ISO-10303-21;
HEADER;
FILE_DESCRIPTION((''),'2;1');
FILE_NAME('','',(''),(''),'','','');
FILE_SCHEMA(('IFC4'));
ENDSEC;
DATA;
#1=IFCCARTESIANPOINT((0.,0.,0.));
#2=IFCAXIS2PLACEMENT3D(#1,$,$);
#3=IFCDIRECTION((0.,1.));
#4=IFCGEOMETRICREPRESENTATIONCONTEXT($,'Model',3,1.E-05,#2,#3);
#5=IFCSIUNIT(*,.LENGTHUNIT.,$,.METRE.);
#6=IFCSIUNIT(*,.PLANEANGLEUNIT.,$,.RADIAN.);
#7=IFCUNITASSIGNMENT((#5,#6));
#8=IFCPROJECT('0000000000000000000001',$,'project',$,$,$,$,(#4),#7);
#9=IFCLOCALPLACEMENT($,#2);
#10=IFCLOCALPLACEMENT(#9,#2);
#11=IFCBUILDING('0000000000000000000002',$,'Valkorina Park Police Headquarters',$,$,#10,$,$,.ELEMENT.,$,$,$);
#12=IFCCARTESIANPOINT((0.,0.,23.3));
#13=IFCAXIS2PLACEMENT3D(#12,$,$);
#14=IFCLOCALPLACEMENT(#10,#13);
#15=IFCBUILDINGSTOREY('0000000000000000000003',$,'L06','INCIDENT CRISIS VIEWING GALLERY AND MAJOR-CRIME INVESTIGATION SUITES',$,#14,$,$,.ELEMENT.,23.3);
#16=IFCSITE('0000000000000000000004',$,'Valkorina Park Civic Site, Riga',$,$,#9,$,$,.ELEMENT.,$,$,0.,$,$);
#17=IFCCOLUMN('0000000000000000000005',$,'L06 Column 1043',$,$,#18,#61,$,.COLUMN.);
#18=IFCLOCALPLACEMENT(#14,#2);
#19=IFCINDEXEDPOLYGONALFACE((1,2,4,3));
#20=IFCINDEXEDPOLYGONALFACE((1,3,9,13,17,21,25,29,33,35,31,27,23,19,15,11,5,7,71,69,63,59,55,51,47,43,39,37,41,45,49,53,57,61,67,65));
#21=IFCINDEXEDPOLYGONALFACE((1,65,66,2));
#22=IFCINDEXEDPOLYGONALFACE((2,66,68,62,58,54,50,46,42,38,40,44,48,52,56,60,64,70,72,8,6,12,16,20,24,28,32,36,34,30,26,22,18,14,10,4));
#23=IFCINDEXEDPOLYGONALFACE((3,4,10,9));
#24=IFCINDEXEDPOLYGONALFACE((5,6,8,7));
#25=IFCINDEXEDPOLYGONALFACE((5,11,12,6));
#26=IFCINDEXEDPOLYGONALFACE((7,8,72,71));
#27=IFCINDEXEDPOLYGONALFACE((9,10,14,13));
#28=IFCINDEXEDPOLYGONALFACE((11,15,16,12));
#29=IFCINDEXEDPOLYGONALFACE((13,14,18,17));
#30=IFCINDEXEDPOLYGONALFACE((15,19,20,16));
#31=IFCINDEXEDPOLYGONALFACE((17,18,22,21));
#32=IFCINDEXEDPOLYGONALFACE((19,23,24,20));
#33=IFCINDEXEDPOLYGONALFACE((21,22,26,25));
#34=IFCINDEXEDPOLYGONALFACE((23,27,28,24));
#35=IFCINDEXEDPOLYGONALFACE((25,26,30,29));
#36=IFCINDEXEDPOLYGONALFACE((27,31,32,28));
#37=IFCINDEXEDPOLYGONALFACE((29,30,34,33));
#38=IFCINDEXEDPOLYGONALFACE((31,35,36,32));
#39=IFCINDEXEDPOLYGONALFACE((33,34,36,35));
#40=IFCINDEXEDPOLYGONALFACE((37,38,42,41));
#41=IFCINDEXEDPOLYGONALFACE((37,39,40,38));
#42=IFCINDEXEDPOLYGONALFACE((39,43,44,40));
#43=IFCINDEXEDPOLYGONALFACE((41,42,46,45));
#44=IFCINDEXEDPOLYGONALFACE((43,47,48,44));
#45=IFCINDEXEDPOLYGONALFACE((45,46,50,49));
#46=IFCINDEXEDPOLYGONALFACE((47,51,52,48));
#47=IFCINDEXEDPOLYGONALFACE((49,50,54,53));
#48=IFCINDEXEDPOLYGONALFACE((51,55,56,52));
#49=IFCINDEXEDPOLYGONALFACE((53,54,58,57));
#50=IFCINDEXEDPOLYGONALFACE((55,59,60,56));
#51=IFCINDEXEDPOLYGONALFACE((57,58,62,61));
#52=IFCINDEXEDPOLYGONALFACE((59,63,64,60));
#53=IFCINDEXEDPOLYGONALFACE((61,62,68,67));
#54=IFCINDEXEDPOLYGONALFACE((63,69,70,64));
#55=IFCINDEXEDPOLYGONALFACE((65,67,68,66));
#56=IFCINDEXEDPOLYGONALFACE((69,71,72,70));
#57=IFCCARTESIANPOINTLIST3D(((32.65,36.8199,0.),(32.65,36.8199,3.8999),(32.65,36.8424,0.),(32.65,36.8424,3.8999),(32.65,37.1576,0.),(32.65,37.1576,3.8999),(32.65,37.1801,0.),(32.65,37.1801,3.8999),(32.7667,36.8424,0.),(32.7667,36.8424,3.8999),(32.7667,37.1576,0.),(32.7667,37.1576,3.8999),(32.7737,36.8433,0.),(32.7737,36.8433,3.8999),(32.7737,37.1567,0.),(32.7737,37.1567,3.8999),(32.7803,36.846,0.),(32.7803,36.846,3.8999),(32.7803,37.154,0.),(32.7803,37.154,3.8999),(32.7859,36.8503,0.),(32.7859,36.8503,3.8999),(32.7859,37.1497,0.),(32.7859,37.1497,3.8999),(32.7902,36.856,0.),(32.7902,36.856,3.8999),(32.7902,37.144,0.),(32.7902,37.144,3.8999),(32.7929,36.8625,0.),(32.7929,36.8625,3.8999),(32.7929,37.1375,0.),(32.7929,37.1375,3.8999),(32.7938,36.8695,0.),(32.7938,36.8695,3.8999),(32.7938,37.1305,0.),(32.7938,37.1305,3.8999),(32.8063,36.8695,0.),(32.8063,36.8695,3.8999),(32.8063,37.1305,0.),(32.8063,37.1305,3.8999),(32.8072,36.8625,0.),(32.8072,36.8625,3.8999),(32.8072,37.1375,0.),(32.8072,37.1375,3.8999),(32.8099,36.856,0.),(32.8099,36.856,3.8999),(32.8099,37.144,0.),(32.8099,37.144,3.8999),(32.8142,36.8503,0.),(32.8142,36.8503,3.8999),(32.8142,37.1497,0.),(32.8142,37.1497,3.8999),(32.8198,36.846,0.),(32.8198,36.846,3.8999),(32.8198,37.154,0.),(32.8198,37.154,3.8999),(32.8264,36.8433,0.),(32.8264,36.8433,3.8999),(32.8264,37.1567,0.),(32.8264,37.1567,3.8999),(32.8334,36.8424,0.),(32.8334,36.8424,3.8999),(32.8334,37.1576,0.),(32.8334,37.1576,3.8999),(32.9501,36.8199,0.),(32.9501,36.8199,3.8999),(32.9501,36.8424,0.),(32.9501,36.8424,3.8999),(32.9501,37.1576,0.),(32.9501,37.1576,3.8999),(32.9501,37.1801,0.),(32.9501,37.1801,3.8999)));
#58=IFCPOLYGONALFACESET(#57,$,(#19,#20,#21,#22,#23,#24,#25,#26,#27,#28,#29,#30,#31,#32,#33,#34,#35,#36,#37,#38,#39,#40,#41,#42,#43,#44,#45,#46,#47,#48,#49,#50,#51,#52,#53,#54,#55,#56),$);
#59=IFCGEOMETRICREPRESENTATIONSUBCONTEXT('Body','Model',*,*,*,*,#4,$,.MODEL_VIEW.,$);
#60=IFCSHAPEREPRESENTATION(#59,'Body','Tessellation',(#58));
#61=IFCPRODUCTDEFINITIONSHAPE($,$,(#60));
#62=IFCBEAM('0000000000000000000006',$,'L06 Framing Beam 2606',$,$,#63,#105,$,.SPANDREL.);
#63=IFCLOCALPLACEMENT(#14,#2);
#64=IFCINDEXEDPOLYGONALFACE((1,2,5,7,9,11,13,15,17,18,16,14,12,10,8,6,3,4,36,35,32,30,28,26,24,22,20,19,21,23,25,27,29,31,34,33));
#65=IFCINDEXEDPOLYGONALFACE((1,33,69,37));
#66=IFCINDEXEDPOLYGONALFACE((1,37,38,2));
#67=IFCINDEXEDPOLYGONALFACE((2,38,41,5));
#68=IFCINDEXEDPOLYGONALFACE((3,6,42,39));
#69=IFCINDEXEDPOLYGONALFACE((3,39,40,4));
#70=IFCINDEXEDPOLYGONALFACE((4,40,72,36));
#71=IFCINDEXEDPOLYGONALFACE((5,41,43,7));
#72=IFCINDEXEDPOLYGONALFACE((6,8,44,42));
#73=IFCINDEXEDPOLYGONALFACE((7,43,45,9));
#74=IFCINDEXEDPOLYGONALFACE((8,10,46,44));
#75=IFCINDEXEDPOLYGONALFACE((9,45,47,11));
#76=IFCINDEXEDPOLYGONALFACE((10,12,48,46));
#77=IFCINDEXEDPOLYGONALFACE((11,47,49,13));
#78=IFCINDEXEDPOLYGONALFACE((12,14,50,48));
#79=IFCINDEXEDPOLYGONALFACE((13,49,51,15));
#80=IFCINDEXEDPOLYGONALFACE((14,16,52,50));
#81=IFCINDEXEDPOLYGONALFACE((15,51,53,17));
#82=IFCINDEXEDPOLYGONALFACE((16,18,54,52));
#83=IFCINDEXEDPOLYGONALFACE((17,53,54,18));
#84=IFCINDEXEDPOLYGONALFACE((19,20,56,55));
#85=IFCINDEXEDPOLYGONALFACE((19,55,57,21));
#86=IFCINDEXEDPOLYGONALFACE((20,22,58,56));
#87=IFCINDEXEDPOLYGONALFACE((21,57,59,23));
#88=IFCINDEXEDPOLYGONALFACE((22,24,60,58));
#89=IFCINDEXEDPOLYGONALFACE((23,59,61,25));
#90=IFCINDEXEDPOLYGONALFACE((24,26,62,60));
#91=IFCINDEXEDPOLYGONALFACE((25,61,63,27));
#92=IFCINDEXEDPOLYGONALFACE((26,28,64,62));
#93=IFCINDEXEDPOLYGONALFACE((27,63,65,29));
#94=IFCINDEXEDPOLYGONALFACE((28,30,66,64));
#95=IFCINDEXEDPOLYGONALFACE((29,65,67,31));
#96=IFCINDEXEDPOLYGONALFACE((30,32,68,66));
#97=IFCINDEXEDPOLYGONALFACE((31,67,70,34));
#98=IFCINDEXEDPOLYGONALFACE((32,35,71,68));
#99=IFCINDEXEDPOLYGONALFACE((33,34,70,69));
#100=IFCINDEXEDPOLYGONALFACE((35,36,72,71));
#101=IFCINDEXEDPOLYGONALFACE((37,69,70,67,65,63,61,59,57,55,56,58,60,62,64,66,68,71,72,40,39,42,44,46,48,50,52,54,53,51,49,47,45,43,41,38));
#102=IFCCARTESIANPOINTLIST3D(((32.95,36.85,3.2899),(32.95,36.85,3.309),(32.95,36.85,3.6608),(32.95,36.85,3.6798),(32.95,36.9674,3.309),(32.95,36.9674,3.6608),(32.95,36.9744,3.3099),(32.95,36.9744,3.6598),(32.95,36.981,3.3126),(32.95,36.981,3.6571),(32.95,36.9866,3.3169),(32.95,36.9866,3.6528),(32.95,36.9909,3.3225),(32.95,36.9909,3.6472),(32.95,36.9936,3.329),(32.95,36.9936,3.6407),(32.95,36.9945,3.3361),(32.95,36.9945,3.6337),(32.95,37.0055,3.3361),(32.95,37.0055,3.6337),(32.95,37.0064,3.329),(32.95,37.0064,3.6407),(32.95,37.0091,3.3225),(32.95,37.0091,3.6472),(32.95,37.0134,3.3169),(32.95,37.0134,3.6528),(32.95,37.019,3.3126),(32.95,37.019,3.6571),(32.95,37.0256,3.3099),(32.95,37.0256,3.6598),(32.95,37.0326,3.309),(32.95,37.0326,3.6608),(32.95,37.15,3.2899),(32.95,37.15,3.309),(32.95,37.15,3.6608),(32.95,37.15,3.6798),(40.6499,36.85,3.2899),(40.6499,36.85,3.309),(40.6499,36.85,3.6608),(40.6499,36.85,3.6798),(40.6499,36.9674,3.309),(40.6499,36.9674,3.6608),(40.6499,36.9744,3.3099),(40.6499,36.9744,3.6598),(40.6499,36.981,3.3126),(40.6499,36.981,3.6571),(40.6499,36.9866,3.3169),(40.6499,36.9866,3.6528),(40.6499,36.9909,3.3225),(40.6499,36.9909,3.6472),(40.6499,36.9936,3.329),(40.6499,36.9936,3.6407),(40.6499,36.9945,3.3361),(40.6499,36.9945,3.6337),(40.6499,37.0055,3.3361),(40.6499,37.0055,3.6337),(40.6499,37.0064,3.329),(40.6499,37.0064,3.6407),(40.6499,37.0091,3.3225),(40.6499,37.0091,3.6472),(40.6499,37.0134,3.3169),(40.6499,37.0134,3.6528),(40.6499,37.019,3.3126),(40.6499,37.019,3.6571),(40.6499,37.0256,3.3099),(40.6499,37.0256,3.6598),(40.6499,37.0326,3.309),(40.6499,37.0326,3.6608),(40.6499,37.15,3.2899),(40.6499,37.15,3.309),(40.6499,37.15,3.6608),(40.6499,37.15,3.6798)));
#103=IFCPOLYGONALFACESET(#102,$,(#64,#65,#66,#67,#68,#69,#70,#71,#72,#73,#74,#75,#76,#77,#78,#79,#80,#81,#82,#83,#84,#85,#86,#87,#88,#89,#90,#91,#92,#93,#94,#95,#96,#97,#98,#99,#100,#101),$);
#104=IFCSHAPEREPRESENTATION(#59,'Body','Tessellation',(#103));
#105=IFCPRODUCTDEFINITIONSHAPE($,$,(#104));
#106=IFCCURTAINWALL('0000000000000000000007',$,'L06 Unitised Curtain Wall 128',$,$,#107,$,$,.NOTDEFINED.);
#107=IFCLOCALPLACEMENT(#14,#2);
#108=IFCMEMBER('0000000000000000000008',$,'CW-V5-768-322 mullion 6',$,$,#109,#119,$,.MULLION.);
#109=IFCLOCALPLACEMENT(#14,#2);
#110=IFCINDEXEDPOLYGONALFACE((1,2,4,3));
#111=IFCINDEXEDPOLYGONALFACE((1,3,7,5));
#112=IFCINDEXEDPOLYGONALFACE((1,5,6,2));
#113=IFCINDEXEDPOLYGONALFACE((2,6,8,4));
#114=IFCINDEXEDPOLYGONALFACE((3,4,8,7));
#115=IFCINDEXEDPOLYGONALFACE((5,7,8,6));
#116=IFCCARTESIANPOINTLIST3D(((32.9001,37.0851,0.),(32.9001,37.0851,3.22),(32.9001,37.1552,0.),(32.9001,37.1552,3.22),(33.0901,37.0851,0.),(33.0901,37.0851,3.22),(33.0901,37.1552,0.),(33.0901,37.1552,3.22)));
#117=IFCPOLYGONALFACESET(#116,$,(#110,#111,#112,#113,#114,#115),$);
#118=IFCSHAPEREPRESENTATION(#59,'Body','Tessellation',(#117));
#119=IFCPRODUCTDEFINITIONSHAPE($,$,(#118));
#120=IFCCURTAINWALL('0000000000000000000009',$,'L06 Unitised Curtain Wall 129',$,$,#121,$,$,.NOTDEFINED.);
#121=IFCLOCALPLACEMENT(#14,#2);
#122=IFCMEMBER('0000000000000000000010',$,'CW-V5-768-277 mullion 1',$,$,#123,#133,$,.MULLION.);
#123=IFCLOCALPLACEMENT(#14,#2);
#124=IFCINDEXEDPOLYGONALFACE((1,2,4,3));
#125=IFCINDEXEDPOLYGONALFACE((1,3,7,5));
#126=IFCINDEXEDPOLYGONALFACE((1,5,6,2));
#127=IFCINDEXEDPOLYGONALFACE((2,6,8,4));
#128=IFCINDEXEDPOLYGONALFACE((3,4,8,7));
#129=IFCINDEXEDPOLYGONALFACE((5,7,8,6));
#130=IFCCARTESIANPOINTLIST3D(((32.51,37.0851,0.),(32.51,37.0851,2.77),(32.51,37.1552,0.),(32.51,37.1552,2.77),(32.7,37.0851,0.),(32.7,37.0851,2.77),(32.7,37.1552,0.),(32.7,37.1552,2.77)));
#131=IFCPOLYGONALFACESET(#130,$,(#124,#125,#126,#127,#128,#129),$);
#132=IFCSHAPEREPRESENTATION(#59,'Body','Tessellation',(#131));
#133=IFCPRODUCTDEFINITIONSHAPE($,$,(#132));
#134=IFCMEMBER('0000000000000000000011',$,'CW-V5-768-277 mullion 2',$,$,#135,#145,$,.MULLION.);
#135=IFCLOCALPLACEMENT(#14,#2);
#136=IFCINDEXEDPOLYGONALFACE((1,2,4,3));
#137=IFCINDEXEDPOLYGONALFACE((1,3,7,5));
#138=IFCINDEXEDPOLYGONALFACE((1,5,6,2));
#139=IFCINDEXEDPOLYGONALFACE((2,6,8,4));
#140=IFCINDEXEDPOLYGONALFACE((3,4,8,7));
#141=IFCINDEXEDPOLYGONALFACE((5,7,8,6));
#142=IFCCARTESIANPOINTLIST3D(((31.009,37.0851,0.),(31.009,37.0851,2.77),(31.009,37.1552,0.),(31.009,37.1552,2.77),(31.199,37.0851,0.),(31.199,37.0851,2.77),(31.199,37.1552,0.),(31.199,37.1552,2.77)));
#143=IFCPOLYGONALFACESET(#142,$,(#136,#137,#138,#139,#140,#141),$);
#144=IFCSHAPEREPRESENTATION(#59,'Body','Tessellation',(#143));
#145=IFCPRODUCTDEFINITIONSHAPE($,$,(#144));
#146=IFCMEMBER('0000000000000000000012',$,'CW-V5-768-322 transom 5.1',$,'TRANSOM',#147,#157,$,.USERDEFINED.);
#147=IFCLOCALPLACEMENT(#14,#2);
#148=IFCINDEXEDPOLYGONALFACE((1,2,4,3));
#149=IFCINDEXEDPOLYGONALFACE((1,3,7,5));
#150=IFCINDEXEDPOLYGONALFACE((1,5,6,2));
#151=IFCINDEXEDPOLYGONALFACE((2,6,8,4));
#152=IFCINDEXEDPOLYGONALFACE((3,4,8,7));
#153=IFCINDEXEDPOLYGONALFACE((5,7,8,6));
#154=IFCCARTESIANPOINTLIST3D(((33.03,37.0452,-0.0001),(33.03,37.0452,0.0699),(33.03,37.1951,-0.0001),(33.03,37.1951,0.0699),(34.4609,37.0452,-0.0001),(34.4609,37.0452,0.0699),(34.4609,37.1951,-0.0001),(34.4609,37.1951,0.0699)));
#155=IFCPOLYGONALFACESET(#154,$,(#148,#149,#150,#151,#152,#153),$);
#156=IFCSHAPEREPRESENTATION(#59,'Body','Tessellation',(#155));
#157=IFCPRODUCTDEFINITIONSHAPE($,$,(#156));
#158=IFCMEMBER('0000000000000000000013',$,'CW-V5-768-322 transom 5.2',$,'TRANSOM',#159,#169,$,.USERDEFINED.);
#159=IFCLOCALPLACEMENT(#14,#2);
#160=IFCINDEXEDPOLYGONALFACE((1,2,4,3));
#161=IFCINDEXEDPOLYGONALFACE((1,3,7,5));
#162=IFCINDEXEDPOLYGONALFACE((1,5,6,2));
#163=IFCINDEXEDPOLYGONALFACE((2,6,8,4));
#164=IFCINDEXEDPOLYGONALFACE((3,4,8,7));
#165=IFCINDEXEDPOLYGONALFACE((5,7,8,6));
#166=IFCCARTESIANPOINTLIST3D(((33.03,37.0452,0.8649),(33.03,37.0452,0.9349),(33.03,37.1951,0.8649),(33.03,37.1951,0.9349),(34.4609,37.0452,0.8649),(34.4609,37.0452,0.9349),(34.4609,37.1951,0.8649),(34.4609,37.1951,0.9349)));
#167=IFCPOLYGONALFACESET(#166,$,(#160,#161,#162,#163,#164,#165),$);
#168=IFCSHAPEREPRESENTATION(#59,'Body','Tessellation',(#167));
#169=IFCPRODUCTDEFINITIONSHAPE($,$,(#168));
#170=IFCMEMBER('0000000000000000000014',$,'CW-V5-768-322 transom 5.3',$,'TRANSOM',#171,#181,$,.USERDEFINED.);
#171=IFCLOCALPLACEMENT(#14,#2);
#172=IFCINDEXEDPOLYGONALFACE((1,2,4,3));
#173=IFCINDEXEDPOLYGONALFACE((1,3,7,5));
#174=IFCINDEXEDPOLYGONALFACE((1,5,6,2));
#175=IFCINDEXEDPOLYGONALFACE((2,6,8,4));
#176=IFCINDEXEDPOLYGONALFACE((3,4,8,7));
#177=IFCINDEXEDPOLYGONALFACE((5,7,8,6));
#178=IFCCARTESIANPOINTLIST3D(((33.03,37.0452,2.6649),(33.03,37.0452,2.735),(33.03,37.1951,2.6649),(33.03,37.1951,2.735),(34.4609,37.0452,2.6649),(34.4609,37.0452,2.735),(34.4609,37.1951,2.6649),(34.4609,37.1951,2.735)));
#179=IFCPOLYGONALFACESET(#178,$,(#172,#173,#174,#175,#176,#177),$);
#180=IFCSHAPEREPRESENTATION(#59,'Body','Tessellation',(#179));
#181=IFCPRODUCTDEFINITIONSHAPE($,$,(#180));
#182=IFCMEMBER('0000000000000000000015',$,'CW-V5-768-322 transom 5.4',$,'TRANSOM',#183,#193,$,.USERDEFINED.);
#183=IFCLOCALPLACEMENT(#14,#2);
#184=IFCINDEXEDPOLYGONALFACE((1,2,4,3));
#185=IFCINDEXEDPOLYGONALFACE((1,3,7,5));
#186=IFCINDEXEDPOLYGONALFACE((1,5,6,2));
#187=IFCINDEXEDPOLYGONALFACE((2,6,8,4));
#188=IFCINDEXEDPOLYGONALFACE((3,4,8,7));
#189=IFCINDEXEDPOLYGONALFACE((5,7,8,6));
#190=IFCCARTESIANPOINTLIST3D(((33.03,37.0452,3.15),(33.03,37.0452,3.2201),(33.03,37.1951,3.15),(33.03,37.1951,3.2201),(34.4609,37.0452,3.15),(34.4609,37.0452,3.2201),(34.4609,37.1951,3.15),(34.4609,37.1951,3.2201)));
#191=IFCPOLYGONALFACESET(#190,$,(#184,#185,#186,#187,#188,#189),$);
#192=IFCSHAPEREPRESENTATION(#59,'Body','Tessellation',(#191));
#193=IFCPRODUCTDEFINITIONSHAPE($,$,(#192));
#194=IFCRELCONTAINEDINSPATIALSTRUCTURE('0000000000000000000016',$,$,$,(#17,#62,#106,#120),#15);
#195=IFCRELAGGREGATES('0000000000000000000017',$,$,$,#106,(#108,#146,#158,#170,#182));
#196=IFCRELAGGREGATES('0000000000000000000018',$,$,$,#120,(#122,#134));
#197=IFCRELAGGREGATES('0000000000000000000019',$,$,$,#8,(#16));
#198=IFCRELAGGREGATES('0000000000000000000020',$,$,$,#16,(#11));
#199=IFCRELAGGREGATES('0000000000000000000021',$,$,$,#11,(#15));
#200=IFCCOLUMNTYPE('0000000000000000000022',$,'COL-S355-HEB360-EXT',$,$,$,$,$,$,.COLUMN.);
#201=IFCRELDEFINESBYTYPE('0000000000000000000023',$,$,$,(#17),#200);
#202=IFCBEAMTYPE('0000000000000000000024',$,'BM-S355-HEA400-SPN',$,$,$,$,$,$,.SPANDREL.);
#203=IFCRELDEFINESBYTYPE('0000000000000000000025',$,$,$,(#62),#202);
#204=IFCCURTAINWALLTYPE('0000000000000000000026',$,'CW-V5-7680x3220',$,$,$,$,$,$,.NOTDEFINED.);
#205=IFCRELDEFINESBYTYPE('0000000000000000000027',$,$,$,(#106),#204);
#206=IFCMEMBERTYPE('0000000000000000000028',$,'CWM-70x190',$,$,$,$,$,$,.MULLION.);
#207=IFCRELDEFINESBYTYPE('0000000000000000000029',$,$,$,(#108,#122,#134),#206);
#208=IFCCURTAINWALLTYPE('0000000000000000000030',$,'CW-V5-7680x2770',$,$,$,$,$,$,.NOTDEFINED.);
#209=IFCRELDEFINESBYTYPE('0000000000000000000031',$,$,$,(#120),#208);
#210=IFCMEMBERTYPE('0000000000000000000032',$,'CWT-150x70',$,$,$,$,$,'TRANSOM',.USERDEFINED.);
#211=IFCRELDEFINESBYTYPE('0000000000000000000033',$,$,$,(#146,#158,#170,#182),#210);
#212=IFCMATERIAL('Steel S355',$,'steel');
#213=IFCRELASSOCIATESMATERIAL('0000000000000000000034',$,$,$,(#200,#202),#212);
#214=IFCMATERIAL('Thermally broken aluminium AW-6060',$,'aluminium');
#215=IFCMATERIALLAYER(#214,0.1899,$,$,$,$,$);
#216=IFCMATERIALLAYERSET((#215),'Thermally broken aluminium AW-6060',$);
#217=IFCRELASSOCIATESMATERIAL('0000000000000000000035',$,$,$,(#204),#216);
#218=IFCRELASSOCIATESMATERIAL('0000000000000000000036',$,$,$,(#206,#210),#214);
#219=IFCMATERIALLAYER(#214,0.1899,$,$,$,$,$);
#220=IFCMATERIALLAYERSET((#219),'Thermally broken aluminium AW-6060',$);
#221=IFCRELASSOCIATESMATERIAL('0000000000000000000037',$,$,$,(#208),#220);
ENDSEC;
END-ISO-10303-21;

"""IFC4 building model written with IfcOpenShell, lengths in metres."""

from ifc_helpers import new_model, si_unit, direction, frame, origin, origin_2d, place, context, subcontext, project, spatial, rectangle, i_section, extrude, material, layer, layer_set, material_profile, profile_set, type_object, element, aggregate, save


model = new_model("IFC4")

# Units and contexts
model_context = context("Model", 3, precision=1e-05, world=origin(), true_north=direction((0.0, 1.0)))
body_context = subcontext(model_context, "Body", "Model", "MODEL_VIEW")
ifc_project = project(units=[si_unit("LENGTHUNIT", "METRE"), si_unit("PLANEANGLEUNIT", "RADIAN")], contexts=[model_context])

# Site, building, storey
site_placement = place(None, origin())
site = spatial("IfcSite", under=ifc_project, at=site_placement, Name="Valkorina Park Civic Site, Riga", CompositionType="ELEMENT", RefElevation=0.0)
building_placement = place(site_placement, origin())
building = spatial("IfcBuilding", under=site, at=building_placement, Name="Valkorina Park Police Headquarters", CompositionType="ELEMENT")
storey_placement = place(building_placement, frame((0.0, 0.0, 23.3)))
storey = spatial("IfcBuildingStorey", under=building, at=storey_placement, Name="L06", Description="INCIDENT CRISIS VIEWING GALLERY AND MAJOR-CRIME INVESTIGATION SUITES", CompositionType="ELEMENT", Elevation=23.3)

# Column
ifc_material_1 = material(Name="Steel S355", Category="steel")
ifc_material_profile_1 = material_profile(ifc_material_1, i_section(OverallWidth=0.3, OverallDepth=0.3601, WebThickness=0.0125, FlangeThickness=0.0225, FilletRadius=0.0271, at=origin_2d()), Name="HEB 360")
ifc_profile_set_1 = profile_set([ifc_material_profile_1], Name="Steel S355")
column_type = type_object("IfcColumnType", Name="COL-S355-HEB360-EXT", PredefinedType="COLUMN", material=ifc_profile_set_1)
column_placement = place(storey_placement, frame((32.8, 37.0, 0.0), z_axis=(0.0, 0.0, 1.0), x_axis=(1.0, 0.0, 0.0)))
element("IfcColumn", 1, at=column_placement, inside=storey, type_object=column_type, Name="L06 Column 1043", PredefinedType="COLUMN", context=body_context, shape_type="SweptSolid", body=[
    extrude(i_section(OverallWidth=0.3, OverallDepth=0.3601, WebThickness=0.0125, FlangeThickness=0.0225, FilletRadius=0.0271, at=origin_2d()), origin(), (0.0, 0.0, 1.0), 3.8999),
])

# Beam
ifc_material_profile_2 = material_profile(ifc_material_1, i_section(OverallWidth=0.3, OverallDepth=0.3899, WebThickness=0.011, FlangeThickness=0.019, FilletRadius=0.0271, at=origin_2d()), Name="HEA 400")
ifc_profile_set_2 = profile_set([ifc_material_profile_2], Name="Steel S355")
beam_type = type_object("IfcBeamType", Name="BM-S355-HEA400-SPN", PredefinedType="SPANDREL", material=ifc_profile_set_2)
beam_placement = place(storey_placement, frame((32.95, 37.0, 3.4849), z_axis=(1.0, 0.0, 0.0), x_axis=(0.0, 1.0, 0.0)))
element("IfcBeam", 2, at=beam_placement, inside=storey, type_object=beam_type, Name="L06 Framing Beam 2606", PredefinedType="SPANDREL", context=body_context, shape_type="SweptSolid", body=[
    extrude(i_section(OverallWidth=0.3, OverallDepth=0.3899, WebThickness=0.011, FlangeThickness=0.019, FilletRadius=0.0271, at=origin_2d()), origin(), (0.0, 0.0, 1.0), 7.7),
])

# Curtain wall, member
ifc_material_2 = material(Name="Thermally broken aluminium AW-6060", Category="aluminium")
ifc_layer_1 = layer(ifc_material_2, 0.1899)
ifc_layer_set_1 = layer_set([ifc_layer_1], Name="Thermally broken aluminium AW-6060")
curtain_wall_type_1 = type_object("IfcCurtainWallType", Name="CW-V5-7680x3220", PredefinedType="NOTDEFINED", material=ifc_layer_set_1)
curtain_wall_1_placement = place(storey_placement, origin())
curtain_wall_1 = element("IfcCurtainWall", 3, at=curtain_wall_1_placement, inside=storey, type_object=curtain_wall_type_1, Name="L06 Unitised Curtain Wall 128", PredefinedType="NOTDEFINED")
ifc_material_profile_3 = material_profile(ifc_material_2, rectangle(XDim=0.0701, YDim=0.1899, at=origin_2d()), Name="CWM-02 70x190")
ifc_profile_set_3 = profile_set([ifc_material_profile_3], Name="Thermally broken aluminium AW-6060")
member_type_1 = type_object("IfcMemberType", Name="CWM-70x190", PredefinedType="MULLION", material=ifc_profile_set_3)
member_1_placement = place(storey_placement, frame((32.9951, 37.1201, 0.0), z_axis=(0.0, 0.0, 1.0), x_axis=(0.0, -1.0, 0.0)))
member_1 = element("IfcMember", 4, at=member_1_placement, type_object=member_type_1, Name="CW-V5-768-322 mullion 6", PredefinedType="MULLION", context=body_context, shape_type="SweptSolid", body=[
    extrude(rectangle(XDim=0.0701, YDim=0.1899, at=origin_2d()), origin(), (0.0, 0.0, 1.0), 3.22),
])

# Curtain wall, members
ifc_layer_2 = layer(ifc_material_2, 0.1899)
ifc_layer_set_2 = layer_set([ifc_layer_2], Name="Thermally broken aluminium AW-6060")
curtain_wall_type_2 = type_object("IfcCurtainWallType", Name="CW-V5-7680x2770", PredefinedType="NOTDEFINED", material=ifc_layer_set_2)
curtain_wall_2_placement = place(storey_placement, origin())
curtain_wall_2 = element("IfcCurtainWall", 5, at=curtain_wall_2_placement, inside=storey, type_object=curtain_wall_type_2, Name="L06 Unitised Curtain Wall 129", PredefinedType="NOTDEFINED")
member_2_placement = place(storey_placement, frame((32.605, 37.1201, 0.0), z_axis=(0.0, 0.0, 1.0), x_axis=(0.0, -1.0, 0.0)))
member_2 = element("IfcMember", 6, at=member_2_placement, type_object=member_type_1, Name="CW-V5-768-277 mullion 1", PredefinedType="MULLION", context=body_context, shape_type="SweptSolid", body=[
    extrude(rectangle(XDim=0.0701, YDim=0.1899, at=origin_2d()), origin(), (0.0, 0.0, 1.0), 2.77),
])
member_3_placement = place(storey_placement, frame((31.104, 37.1201, 0.0), z_axis=(0.0, 0.0, 1.0), x_axis=(0.0, -1.0, 0.0)))
member_3 = element("IfcMember", 7, at=member_3_placement, type_object=member_type_1, Name="CW-V5-768-277 mullion 2", PredefinedType="MULLION", context=body_context, shape_type="SweptSolid", body=[
    extrude(rectangle(XDim=0.0701, YDim=0.1899, at=origin_2d()), origin(), (0.0, 0.0, 1.0), 2.77),
])

# Members
ifc_material_profile_4 = material_profile(ifc_material_2, rectangle(XDim=0.1499, YDim=0.0701, at=origin_2d()), Name="CWT-02 150x70")
ifc_profile_set_4 = profile_set([ifc_material_profile_4], Name="Thermally broken aluminium AW-6060")
member_type_2 = type_object("IfcMemberType", Name="CWT-150x70", ElementType="TRANSOM", PredefinedType="USERDEFINED", material=ifc_profile_set_4)
member_4_placement = place(storey_placement, frame((34.4609, 37.1201, 0.0349), z_axis=(-1.0, 0.0, 0.0), x_axis=(0.0, -1.0, 0.0)))
member_4 = element("IfcMember", 8, at=member_4_placement, type_object=member_type_2, Name="CW-V5-768-322 transom 5.1", ObjectType="TRANSOM", PredefinedType="USERDEFINED", context=body_context, shape_type="SweptSolid", body=[
    extrude(rectangle(XDim=0.1499, YDim=0.0701, at=origin_2d()), origin(), (0.0, 0.0, 1.0), 1.4309),
])
member_5_placement = place(storey_placement, frame((34.4609, 37.1201, 0.8999), z_axis=(-1.0, 0.0, 0.0), x_axis=(0.0, -1.0, 0.0)))
member_5 = element("IfcMember", 9, at=member_5_placement, type_object=member_type_2, Name="CW-V5-768-322 transom 5.2", ObjectType="TRANSOM", PredefinedType="USERDEFINED", context=body_context, shape_type="SweptSolid", body=[
    extrude(rectangle(XDim=0.1499, YDim=0.0701, at=origin_2d()), origin(), (0.0, 0.0, 1.0), 1.4309),
])
member_6_placement = place(storey_placement, frame((34.4609, 37.1201, 2.7), z_axis=(-1.0, 0.0, 0.0), x_axis=(0.0, -1.0, 0.0)))
member_6 = element("IfcMember", 10, at=member_6_placement, type_object=member_type_2, Name="CW-V5-768-322 transom 5.3", ObjectType="TRANSOM", PredefinedType="USERDEFINED", context=body_context, shape_type="SweptSolid", body=[
    extrude(rectangle(XDim=0.1499, YDim=0.0701, at=origin_2d()), origin(), (0.0, 0.0, 1.0), 1.4309),
])
member_7_placement = place(storey_placement, frame((34.4609, 37.1201, 3.1851), z_axis=(-1.0, 0.0, 0.0), x_axis=(0.0, -1.0, 0.0)))
member_7 = element("IfcMember", 11, at=member_7_placement, type_object=member_type_2, Name="CW-V5-768-322 transom 5.4", ObjectType="TRANSOM", PredefinedType="USERDEFINED", context=body_context, shape_type="SweptSolid", body=[
    extrude(rectangle(XDim=0.1499, YDim=0.0701, at=origin_2d()), origin(), (0.0, 0.0, 1.0), 1.4309),
])

aggregate(curtain_wall_1, [member_1, member_4, member_5, member_6, member_7])
aggregate(curtain_wall_2, [member_2, member_3])

save(model, "model.ifc")
